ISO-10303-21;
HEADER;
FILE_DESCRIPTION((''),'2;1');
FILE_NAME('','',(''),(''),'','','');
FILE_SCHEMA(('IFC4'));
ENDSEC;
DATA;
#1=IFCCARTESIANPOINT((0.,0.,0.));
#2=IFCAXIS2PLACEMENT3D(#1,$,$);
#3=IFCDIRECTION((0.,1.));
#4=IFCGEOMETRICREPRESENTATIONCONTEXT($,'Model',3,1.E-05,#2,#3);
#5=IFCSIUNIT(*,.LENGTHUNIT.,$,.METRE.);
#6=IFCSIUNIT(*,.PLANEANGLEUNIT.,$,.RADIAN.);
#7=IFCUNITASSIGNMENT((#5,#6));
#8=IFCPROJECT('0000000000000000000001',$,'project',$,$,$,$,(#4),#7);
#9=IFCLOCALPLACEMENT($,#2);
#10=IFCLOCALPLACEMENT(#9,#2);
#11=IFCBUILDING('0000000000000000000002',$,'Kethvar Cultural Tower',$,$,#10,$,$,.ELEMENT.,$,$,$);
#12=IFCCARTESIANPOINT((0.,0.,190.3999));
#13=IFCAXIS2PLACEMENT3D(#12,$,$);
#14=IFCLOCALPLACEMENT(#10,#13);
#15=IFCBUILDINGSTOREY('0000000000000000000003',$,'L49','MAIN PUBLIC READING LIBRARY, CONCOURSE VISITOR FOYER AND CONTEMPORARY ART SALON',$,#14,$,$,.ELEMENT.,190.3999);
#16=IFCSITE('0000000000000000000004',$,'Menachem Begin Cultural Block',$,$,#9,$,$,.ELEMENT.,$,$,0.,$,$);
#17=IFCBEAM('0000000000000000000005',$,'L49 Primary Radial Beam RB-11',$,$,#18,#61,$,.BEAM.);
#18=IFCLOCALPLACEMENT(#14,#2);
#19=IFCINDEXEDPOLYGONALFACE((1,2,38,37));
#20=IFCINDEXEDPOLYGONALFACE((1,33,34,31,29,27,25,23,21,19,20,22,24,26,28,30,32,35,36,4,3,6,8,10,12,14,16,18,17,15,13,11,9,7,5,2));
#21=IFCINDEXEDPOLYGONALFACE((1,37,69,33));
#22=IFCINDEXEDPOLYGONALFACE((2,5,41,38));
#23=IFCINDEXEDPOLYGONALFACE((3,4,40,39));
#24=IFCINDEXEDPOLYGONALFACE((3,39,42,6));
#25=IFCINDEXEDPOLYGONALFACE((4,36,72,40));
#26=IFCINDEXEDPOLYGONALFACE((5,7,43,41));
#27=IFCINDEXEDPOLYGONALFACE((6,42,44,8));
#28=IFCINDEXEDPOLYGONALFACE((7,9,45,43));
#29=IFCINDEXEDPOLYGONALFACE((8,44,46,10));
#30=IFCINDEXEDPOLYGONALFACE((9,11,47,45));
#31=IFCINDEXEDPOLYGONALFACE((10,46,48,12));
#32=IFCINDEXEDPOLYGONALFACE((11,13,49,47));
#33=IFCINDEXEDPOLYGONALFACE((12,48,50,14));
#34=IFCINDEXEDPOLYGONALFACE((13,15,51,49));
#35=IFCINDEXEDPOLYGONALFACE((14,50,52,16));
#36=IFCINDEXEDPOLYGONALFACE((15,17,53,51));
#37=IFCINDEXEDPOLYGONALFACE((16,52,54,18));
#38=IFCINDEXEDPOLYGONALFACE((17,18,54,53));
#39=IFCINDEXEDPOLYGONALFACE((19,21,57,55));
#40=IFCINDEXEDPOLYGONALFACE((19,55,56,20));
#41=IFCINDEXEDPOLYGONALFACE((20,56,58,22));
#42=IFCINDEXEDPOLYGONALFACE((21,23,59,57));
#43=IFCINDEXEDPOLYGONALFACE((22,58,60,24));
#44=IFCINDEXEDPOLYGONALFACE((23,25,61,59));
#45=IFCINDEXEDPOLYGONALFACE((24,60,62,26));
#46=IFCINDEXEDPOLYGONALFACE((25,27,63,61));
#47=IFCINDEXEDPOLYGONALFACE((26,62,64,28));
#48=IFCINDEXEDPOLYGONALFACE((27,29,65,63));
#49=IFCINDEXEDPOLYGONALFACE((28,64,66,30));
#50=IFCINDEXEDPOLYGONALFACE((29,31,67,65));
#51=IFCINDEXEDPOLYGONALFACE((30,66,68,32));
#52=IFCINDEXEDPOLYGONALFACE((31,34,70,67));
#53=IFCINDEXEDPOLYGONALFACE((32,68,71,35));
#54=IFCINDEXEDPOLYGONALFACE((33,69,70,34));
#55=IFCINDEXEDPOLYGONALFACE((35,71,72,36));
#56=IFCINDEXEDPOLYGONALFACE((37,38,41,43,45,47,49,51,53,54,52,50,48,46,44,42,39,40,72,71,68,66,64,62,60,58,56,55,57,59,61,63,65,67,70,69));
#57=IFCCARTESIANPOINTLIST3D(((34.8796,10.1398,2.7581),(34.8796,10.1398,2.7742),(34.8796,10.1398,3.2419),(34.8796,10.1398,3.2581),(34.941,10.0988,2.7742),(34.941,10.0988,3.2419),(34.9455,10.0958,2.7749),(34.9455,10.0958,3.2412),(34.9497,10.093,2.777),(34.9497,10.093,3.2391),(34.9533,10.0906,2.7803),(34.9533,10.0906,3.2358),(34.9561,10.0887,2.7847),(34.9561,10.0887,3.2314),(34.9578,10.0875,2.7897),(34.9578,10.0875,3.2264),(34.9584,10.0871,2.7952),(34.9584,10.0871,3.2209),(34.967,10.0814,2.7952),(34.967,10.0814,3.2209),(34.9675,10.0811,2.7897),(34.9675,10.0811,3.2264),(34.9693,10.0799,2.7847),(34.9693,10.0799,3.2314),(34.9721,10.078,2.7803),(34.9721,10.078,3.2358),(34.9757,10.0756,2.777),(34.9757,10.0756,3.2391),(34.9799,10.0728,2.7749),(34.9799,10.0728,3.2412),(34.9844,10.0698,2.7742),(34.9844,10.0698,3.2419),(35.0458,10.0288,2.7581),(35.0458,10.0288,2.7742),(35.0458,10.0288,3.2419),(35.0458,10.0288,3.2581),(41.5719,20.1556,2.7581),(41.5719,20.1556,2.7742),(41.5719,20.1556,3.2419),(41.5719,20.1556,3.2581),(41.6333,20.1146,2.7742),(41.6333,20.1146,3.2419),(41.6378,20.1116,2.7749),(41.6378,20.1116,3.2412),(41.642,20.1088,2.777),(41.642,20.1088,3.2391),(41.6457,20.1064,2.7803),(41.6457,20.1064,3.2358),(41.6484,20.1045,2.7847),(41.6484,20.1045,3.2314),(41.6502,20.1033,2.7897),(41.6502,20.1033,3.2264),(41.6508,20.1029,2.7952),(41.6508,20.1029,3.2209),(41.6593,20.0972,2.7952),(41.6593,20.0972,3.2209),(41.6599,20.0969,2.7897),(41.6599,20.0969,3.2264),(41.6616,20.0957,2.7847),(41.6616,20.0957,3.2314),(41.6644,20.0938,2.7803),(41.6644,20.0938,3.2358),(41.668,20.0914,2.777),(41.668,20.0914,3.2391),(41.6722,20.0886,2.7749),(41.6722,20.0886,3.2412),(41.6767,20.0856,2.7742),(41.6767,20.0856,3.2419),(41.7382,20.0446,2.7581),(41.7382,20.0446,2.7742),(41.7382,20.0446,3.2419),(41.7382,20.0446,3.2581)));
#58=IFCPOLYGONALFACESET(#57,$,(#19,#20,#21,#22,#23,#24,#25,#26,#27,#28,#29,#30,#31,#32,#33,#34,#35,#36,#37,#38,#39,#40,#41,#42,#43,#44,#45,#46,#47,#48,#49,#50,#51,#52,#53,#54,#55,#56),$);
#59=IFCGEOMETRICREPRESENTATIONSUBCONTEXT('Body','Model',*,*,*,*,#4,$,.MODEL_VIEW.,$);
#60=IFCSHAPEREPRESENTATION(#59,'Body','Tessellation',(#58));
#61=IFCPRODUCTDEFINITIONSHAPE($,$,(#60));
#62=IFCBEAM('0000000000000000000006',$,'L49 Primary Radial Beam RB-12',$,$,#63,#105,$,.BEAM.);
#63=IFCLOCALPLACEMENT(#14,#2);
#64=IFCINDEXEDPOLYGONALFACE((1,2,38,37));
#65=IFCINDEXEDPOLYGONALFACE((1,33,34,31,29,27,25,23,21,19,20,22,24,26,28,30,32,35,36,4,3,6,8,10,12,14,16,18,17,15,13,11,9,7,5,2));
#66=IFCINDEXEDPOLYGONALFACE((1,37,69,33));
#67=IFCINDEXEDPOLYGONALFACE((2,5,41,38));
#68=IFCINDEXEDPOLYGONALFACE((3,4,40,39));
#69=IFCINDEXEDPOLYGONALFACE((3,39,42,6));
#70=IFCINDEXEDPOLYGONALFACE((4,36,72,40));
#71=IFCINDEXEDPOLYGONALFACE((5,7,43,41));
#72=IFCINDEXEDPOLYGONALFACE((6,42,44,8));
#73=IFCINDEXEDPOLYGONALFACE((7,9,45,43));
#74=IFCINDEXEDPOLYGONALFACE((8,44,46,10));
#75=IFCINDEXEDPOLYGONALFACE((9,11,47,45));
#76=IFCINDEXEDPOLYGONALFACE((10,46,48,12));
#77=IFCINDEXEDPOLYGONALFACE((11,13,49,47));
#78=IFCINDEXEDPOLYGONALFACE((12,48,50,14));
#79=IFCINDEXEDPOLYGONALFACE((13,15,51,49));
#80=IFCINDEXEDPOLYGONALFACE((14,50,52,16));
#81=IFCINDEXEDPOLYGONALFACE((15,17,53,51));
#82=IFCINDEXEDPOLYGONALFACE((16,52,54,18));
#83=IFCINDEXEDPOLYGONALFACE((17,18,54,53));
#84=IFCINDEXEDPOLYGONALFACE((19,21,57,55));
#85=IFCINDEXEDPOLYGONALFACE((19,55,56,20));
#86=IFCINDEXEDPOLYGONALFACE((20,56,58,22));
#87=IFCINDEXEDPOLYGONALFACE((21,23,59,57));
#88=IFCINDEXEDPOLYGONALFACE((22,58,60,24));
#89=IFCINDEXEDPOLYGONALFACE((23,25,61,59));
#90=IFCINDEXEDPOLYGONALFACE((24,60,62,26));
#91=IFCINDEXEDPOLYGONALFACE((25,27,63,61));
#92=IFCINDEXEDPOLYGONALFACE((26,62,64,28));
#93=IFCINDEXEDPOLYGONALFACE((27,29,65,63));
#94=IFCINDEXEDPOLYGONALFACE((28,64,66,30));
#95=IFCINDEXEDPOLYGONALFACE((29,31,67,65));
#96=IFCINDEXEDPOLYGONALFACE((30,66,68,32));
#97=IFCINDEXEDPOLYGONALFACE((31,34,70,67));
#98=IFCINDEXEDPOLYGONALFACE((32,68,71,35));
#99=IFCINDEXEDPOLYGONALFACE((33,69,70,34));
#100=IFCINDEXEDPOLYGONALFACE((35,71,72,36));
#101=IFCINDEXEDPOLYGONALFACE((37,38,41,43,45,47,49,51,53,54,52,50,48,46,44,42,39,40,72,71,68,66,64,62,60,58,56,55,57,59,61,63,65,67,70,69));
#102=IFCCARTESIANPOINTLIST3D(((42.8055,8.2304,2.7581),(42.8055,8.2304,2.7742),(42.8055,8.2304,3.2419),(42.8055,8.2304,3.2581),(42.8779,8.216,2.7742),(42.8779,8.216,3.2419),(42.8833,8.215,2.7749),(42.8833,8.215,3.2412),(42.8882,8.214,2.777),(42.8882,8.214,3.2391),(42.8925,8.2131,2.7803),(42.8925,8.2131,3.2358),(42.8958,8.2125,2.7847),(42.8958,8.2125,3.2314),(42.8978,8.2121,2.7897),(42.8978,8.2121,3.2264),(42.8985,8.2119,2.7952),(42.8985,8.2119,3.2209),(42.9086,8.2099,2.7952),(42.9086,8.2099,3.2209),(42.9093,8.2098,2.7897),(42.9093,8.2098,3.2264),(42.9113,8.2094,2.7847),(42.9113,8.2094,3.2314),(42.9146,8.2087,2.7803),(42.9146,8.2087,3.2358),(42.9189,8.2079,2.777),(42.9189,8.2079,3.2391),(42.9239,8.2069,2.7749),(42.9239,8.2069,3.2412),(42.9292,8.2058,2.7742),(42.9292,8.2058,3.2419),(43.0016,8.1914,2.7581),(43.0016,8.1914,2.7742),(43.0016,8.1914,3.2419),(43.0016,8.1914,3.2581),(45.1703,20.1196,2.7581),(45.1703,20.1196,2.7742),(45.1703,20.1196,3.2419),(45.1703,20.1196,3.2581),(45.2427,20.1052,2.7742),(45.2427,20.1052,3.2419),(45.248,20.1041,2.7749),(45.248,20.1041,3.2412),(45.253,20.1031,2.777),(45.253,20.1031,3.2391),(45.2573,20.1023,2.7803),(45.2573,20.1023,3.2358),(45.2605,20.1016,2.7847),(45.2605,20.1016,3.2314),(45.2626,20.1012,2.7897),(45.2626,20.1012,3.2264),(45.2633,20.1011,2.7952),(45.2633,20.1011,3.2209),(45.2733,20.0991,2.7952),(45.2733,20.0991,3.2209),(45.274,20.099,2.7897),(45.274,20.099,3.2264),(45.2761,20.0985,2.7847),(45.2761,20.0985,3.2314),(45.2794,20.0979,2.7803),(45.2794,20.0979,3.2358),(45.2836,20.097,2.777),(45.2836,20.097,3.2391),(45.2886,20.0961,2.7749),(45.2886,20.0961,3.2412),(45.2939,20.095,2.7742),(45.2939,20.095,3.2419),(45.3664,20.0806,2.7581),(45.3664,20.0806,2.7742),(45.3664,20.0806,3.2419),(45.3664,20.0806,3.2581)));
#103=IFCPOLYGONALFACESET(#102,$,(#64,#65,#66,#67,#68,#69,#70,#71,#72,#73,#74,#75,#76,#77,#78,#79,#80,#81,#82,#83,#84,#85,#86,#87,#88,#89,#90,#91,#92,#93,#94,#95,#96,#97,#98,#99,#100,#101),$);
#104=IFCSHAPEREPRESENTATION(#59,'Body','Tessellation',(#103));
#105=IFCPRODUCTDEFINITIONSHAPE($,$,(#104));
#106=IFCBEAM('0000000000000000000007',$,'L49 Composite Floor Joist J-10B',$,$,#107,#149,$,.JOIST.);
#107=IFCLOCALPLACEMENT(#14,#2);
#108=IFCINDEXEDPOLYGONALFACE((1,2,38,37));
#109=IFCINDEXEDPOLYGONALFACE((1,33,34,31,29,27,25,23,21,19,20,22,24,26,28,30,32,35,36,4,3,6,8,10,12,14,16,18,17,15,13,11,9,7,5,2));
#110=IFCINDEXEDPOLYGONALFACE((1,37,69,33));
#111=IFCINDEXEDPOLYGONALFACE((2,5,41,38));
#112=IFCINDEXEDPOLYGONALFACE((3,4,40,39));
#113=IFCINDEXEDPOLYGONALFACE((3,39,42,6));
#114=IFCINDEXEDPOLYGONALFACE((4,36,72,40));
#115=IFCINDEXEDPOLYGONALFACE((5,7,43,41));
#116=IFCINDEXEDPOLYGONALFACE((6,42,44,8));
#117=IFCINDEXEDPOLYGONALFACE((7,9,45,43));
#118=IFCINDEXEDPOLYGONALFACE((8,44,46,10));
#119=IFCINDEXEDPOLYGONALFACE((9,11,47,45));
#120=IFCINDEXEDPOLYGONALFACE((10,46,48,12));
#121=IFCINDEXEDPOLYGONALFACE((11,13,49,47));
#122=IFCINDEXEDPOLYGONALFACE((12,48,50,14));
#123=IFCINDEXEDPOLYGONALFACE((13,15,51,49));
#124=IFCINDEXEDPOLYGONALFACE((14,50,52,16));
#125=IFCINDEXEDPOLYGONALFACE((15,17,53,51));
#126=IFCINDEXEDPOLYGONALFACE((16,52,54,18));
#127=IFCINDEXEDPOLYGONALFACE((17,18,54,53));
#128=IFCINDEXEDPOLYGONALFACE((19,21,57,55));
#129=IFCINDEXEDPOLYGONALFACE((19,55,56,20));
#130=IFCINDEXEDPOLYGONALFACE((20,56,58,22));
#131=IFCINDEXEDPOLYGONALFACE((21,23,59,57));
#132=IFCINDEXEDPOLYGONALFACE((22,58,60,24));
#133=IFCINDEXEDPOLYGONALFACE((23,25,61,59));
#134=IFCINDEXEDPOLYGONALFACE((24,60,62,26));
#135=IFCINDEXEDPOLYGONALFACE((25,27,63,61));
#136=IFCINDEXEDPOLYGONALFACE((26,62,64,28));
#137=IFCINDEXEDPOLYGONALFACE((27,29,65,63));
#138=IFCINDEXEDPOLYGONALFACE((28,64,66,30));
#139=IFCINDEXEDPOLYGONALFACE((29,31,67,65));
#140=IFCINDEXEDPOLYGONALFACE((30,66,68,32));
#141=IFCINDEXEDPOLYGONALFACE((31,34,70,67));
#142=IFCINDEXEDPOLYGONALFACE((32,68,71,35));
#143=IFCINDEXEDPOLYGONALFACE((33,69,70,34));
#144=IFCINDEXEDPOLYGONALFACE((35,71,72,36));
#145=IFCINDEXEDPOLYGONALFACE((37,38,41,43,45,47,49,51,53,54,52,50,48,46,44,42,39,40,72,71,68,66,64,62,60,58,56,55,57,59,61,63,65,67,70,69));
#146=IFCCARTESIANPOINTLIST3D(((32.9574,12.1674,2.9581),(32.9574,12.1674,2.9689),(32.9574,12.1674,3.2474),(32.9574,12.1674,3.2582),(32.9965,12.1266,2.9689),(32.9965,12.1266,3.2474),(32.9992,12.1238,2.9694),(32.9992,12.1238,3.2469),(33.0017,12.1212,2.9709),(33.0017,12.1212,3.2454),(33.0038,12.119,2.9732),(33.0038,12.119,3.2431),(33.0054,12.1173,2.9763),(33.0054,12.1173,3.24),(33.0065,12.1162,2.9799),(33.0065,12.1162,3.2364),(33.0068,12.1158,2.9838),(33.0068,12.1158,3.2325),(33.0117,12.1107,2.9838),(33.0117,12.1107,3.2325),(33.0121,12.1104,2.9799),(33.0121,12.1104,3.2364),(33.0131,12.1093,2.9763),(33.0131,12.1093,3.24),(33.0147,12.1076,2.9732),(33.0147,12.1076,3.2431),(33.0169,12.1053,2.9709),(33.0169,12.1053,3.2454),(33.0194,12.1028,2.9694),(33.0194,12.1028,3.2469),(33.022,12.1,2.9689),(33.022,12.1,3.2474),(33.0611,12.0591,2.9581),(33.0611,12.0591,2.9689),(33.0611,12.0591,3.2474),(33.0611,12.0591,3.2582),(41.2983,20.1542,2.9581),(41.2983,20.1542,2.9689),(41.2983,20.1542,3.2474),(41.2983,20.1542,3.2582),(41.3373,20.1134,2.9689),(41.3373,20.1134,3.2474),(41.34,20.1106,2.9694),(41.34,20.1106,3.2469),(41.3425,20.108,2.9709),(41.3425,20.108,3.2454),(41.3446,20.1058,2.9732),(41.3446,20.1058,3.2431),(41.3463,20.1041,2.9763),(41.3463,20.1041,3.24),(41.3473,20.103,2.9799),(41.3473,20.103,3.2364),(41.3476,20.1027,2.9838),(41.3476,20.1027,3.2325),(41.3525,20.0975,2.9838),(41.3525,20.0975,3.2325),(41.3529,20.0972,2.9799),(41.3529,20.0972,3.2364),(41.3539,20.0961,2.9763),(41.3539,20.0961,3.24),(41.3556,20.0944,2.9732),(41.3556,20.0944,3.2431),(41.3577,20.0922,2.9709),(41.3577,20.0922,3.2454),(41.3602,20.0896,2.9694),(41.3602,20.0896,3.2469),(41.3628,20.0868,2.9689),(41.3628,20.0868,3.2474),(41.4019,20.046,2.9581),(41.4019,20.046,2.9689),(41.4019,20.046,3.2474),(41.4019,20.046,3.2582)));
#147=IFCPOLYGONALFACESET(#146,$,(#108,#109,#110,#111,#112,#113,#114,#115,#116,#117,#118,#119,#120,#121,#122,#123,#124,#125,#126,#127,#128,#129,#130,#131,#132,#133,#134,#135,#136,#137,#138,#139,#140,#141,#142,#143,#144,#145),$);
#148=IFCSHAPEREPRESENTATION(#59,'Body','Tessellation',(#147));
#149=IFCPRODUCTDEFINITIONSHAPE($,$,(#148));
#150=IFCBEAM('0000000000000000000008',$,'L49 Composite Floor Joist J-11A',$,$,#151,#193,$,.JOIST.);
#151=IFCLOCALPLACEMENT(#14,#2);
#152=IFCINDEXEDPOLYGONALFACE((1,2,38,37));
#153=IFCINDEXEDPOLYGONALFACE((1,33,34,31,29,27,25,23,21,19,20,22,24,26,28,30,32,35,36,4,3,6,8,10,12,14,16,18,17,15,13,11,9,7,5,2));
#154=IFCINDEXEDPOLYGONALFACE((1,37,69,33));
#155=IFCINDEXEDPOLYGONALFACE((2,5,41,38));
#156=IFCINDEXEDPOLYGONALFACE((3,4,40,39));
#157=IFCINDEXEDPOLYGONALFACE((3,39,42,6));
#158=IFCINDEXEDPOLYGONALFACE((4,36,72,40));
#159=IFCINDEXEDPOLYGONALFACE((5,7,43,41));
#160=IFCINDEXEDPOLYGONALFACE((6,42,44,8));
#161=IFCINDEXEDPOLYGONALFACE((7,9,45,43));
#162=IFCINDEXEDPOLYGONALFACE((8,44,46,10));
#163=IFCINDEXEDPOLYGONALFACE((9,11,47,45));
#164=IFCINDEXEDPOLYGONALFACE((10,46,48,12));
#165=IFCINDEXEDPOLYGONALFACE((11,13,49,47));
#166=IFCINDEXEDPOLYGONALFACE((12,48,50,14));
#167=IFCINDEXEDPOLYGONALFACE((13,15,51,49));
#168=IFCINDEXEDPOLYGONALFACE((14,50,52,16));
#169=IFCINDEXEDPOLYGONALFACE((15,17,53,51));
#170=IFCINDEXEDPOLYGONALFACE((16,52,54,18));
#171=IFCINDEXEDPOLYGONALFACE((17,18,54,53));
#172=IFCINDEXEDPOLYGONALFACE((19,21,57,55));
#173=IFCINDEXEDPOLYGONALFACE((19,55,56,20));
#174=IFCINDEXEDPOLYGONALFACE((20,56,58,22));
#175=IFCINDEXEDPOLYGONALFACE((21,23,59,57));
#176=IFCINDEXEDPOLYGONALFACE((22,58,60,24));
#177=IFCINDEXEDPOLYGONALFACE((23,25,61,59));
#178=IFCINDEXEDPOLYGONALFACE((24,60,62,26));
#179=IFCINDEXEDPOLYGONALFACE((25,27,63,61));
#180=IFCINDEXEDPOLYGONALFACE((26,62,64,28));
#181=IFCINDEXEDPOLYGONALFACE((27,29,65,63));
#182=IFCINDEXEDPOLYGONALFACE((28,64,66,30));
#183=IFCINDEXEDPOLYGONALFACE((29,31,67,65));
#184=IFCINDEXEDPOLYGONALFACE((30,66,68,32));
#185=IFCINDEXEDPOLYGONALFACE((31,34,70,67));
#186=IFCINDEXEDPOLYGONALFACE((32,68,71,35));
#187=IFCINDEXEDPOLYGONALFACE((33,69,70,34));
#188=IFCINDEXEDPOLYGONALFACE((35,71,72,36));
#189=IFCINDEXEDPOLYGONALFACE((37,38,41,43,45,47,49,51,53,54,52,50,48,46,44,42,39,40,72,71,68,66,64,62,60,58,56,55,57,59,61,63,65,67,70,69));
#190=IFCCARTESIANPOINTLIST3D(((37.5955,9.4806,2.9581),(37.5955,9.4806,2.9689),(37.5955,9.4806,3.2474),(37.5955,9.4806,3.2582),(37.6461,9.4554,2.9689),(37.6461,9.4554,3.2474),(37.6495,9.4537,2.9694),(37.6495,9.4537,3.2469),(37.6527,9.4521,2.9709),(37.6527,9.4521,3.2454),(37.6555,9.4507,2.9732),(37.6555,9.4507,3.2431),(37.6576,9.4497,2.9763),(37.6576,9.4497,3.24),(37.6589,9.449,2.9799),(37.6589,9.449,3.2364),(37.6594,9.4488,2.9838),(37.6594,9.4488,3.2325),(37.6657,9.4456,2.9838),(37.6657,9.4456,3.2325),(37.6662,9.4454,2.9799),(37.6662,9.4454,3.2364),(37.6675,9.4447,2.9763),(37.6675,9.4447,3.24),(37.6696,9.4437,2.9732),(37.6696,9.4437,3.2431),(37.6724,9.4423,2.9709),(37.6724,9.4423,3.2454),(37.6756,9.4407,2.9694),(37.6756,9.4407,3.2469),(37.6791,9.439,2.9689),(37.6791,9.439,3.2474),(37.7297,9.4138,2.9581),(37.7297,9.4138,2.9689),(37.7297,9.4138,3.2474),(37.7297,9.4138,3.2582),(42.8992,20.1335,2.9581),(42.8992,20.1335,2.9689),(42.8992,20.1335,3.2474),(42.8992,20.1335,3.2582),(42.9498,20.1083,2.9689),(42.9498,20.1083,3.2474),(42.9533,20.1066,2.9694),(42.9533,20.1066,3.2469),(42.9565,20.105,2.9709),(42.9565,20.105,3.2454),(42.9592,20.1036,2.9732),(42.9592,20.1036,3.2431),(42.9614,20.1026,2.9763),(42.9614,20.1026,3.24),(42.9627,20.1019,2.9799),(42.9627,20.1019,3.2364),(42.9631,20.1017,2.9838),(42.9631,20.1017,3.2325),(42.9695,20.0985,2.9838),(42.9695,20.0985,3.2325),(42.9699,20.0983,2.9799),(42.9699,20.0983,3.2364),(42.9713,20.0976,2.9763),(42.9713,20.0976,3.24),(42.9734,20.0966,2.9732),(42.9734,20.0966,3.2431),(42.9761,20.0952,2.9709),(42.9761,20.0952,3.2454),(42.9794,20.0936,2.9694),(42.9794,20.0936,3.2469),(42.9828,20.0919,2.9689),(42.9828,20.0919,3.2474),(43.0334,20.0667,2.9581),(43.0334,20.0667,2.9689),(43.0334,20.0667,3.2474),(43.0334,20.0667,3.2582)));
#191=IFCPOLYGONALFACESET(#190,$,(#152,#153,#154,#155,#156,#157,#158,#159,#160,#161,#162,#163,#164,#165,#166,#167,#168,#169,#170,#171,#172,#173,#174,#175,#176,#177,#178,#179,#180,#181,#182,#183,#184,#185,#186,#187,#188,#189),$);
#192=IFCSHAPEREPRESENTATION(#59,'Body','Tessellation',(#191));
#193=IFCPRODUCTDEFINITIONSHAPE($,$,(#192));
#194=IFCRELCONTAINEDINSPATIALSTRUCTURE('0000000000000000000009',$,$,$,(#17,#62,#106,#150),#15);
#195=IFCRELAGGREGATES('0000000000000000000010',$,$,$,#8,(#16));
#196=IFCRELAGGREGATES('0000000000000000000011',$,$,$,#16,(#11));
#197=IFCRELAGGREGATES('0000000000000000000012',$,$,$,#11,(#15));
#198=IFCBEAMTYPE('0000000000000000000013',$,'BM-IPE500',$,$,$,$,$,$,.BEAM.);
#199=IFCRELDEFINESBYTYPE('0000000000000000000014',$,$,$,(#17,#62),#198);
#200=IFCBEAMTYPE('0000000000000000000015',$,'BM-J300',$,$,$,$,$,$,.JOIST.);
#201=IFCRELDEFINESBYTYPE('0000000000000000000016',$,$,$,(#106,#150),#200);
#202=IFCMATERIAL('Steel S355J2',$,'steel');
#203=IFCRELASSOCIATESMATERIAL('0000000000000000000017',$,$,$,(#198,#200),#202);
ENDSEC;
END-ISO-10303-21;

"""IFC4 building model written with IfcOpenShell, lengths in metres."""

from ifc_helpers import new_model, si_unit, direction, frame, origin, origin_2d, place, context, subcontext, project, spatial, i_section, extrude, source, transform, mapped, material, material_profile, profile_set, type_object, element, save


model = new_model("IFC4")

# Units and contexts
model_context = context("Model", 3, precision=1e-05, world=origin(), true_north=direction((0.0, 1.0)))
body_context = subcontext(model_context, "Body", "Model", "MODEL_VIEW")
ifc_project = project(units=[si_unit("LENGTHUNIT", "METRE"), si_unit("PLANEANGLEUNIT", "RADIAN")], contexts=[model_context])

# Site, building, storey
site_placement = place(None, origin())
site = spatial("IfcSite", under=ifc_project, at=site_placement, Name="Menachem Begin Cultural Block", CompositionType="ELEMENT", RefElevation=0.0)
building_placement = place(site_placement, origin())
building = spatial("IfcBuilding", under=site, at=building_placement, Name="Kethvar Cultural Tower", CompositionType="ELEMENT")
storey_placement = place(building_placement, frame((0.0, 0.0, 190.3999)))
storey = spatial("IfcBuildingStorey", under=building, at=storey_placement, Name="L49", Description="MAIN PUBLIC READING LIBRARY, CONCOURSE VISITOR FOYER AND CONTEMPORARY ART SALON", CompositionType="ELEMENT", Elevation=190.3999)

# Beams
ifc_material_1 = material(Name="Steel S355J2", Category="steel")
ifc_material_profile_1 = material_profile(ifc_material_1, i_section(OverallWidth=0.2, OverallDepth=0.5, WebThickness=0.0103, FlangeThickness=0.0161, FilletRadius=0.021, at=origin_2d()), Name="Steel S355J2 — IPE500")
ifc_profile_set_1 = profile_set([ifc_material_profile_1], Name="Steel S355J2 — IPE500")
beam_type_1 = type_object("IfcBeamType", Name="BM-IPE500", PredefinedType="BEAM", material=ifc_profile_set_1)
shared_shape_1 = source(origin(), body_context, "Body", "SweptSolid", [
    extrude(i_section(OverallWidth=0.2, OverallDepth=0.5, WebThickness=0.0103, FlangeThickness=0.0161, FilletRadius=0.021, at=origin_2d()), origin(), (0.0, 0.0, 1.0), 12.0459),
])
beam_1_placement = place(storey_placement, frame((41.655, 20.1001, 3.0081), z_axis=(-0.55557, -0.83147, 0.0), x_axis=(0.83147, -0.55557, 0.0)))
element("IfcBeam", 1, at=beam_1_placement, inside=storey, type_object=beam_type_1, Name="L49 Primary Radial Beam RB-11", PredefinedType="BEAM", context=body_context, shape_type="MappedRepresentation", body=[
    mapped(shared_shape_1, transform((0.0, 0.0, 0.0), scale=1.0)),
])
shared_shape_2 = source(origin(), body_context, "Body", "SweptSolid", [
    extrude(i_section(OverallWidth=0.2, OverallDepth=0.5, WebThickness=0.0103, FlangeThickness=0.0161, FilletRadius=0.021, at=origin_2d()), origin(), (0.0, 0.0, 1.0), 12.1221),
])
beam_2_placement = place(storey_placement, frame((45.2683, 20.1001, 3.0081), z_axis=(-0.195078, -0.980788, 0.0), x_axis=(0.980788, -0.195078, 0.0)))
element("IfcBeam", 2, at=beam_2_placement, inside=storey, type_object=beam_type_1, Name="L49 Primary Radial Beam RB-12", PredefinedType="BEAM", context=body_context, shape_type="MappedRepresentation", body=[
    mapped(shared_shape_2, transform((0.0, 0.0, 0.0), scale=1.0)),
])
ifc_material_profile_2 = material_profile(ifc_material_1, i_section(OverallWidth=0.1499, OverallDepth=0.3, WebThickness=0.0071, FlangeThickness=0.0107, FilletRadius=0.0149, at=origin_2d()), Name="Steel S355J2 — IPE300")
ifc_profile_set_2 = profile_set([ifc_material_profile_2], Name="Steel S355J2 — IPE300")
beam_type_2 = type_object("IfcBeamType", Name="BM-J300", PredefinedType="JOIST", material=ifc_profile_set_2)
shared_shape_3 = source(origin(), body_context, "Body", "SweptSolid", [
    extrude(i_section(OverallWidth=0.1499, OverallDepth=0.3, WebThickness=0.0071, FlangeThickness=0.0107, FilletRadius=0.0149, at=origin_2d()), origin(), (0.0, 0.0, 1.0), 11.5481),
])
beam_3_placement = place(storey_placement, frame((41.3501, 20.1001, 3.1082), z_axis=(-0.722268, -0.691613, 0.0), x_axis=(0.691613, -0.722268, 0.0)))
element("IfcBeam", 3, at=beam_3_placement, inside=storey, type_object=beam_type_2, Name="L49 Composite Floor Joist J-10B", PredefinedType="JOIST", context=body_context, shape_type="MappedRepresentation", body=[
    mapped(shared_shape_3, transform((0.0, 0.0, 0.0), scale=1.0)),
])
shared_shape_4 = source(origin(), body_context, "Body", "SweptSolid", [
    extrude(i_section(OverallWidth=0.1499, OverallDepth=0.3, WebThickness=0.0071, FlangeThickness=0.0107, FilletRadius=0.0149, at=origin_2d()), origin(), (0.0, 0.0, 1.0), 11.9001),
])
beam_4_placement = place(storey_placement, frame((42.9663, 20.1001, 3.1082), z_axis=(-0.445687, -0.895189, 0.0), x_axis=(0.895189, -0.445687, 0.0)))
element("IfcBeam", 4, at=beam_4_placement, inside=storey, type_object=beam_type_2, Name="L49 Composite Floor Joist J-11A", PredefinedType="JOIST", context=body_context, shape_type="MappedRepresentation", body=[
    mapped(shared_shape_4, transform((0.0, 0.0, 0.0), scale=1.0)),
])

save(model, "model.ifc")
